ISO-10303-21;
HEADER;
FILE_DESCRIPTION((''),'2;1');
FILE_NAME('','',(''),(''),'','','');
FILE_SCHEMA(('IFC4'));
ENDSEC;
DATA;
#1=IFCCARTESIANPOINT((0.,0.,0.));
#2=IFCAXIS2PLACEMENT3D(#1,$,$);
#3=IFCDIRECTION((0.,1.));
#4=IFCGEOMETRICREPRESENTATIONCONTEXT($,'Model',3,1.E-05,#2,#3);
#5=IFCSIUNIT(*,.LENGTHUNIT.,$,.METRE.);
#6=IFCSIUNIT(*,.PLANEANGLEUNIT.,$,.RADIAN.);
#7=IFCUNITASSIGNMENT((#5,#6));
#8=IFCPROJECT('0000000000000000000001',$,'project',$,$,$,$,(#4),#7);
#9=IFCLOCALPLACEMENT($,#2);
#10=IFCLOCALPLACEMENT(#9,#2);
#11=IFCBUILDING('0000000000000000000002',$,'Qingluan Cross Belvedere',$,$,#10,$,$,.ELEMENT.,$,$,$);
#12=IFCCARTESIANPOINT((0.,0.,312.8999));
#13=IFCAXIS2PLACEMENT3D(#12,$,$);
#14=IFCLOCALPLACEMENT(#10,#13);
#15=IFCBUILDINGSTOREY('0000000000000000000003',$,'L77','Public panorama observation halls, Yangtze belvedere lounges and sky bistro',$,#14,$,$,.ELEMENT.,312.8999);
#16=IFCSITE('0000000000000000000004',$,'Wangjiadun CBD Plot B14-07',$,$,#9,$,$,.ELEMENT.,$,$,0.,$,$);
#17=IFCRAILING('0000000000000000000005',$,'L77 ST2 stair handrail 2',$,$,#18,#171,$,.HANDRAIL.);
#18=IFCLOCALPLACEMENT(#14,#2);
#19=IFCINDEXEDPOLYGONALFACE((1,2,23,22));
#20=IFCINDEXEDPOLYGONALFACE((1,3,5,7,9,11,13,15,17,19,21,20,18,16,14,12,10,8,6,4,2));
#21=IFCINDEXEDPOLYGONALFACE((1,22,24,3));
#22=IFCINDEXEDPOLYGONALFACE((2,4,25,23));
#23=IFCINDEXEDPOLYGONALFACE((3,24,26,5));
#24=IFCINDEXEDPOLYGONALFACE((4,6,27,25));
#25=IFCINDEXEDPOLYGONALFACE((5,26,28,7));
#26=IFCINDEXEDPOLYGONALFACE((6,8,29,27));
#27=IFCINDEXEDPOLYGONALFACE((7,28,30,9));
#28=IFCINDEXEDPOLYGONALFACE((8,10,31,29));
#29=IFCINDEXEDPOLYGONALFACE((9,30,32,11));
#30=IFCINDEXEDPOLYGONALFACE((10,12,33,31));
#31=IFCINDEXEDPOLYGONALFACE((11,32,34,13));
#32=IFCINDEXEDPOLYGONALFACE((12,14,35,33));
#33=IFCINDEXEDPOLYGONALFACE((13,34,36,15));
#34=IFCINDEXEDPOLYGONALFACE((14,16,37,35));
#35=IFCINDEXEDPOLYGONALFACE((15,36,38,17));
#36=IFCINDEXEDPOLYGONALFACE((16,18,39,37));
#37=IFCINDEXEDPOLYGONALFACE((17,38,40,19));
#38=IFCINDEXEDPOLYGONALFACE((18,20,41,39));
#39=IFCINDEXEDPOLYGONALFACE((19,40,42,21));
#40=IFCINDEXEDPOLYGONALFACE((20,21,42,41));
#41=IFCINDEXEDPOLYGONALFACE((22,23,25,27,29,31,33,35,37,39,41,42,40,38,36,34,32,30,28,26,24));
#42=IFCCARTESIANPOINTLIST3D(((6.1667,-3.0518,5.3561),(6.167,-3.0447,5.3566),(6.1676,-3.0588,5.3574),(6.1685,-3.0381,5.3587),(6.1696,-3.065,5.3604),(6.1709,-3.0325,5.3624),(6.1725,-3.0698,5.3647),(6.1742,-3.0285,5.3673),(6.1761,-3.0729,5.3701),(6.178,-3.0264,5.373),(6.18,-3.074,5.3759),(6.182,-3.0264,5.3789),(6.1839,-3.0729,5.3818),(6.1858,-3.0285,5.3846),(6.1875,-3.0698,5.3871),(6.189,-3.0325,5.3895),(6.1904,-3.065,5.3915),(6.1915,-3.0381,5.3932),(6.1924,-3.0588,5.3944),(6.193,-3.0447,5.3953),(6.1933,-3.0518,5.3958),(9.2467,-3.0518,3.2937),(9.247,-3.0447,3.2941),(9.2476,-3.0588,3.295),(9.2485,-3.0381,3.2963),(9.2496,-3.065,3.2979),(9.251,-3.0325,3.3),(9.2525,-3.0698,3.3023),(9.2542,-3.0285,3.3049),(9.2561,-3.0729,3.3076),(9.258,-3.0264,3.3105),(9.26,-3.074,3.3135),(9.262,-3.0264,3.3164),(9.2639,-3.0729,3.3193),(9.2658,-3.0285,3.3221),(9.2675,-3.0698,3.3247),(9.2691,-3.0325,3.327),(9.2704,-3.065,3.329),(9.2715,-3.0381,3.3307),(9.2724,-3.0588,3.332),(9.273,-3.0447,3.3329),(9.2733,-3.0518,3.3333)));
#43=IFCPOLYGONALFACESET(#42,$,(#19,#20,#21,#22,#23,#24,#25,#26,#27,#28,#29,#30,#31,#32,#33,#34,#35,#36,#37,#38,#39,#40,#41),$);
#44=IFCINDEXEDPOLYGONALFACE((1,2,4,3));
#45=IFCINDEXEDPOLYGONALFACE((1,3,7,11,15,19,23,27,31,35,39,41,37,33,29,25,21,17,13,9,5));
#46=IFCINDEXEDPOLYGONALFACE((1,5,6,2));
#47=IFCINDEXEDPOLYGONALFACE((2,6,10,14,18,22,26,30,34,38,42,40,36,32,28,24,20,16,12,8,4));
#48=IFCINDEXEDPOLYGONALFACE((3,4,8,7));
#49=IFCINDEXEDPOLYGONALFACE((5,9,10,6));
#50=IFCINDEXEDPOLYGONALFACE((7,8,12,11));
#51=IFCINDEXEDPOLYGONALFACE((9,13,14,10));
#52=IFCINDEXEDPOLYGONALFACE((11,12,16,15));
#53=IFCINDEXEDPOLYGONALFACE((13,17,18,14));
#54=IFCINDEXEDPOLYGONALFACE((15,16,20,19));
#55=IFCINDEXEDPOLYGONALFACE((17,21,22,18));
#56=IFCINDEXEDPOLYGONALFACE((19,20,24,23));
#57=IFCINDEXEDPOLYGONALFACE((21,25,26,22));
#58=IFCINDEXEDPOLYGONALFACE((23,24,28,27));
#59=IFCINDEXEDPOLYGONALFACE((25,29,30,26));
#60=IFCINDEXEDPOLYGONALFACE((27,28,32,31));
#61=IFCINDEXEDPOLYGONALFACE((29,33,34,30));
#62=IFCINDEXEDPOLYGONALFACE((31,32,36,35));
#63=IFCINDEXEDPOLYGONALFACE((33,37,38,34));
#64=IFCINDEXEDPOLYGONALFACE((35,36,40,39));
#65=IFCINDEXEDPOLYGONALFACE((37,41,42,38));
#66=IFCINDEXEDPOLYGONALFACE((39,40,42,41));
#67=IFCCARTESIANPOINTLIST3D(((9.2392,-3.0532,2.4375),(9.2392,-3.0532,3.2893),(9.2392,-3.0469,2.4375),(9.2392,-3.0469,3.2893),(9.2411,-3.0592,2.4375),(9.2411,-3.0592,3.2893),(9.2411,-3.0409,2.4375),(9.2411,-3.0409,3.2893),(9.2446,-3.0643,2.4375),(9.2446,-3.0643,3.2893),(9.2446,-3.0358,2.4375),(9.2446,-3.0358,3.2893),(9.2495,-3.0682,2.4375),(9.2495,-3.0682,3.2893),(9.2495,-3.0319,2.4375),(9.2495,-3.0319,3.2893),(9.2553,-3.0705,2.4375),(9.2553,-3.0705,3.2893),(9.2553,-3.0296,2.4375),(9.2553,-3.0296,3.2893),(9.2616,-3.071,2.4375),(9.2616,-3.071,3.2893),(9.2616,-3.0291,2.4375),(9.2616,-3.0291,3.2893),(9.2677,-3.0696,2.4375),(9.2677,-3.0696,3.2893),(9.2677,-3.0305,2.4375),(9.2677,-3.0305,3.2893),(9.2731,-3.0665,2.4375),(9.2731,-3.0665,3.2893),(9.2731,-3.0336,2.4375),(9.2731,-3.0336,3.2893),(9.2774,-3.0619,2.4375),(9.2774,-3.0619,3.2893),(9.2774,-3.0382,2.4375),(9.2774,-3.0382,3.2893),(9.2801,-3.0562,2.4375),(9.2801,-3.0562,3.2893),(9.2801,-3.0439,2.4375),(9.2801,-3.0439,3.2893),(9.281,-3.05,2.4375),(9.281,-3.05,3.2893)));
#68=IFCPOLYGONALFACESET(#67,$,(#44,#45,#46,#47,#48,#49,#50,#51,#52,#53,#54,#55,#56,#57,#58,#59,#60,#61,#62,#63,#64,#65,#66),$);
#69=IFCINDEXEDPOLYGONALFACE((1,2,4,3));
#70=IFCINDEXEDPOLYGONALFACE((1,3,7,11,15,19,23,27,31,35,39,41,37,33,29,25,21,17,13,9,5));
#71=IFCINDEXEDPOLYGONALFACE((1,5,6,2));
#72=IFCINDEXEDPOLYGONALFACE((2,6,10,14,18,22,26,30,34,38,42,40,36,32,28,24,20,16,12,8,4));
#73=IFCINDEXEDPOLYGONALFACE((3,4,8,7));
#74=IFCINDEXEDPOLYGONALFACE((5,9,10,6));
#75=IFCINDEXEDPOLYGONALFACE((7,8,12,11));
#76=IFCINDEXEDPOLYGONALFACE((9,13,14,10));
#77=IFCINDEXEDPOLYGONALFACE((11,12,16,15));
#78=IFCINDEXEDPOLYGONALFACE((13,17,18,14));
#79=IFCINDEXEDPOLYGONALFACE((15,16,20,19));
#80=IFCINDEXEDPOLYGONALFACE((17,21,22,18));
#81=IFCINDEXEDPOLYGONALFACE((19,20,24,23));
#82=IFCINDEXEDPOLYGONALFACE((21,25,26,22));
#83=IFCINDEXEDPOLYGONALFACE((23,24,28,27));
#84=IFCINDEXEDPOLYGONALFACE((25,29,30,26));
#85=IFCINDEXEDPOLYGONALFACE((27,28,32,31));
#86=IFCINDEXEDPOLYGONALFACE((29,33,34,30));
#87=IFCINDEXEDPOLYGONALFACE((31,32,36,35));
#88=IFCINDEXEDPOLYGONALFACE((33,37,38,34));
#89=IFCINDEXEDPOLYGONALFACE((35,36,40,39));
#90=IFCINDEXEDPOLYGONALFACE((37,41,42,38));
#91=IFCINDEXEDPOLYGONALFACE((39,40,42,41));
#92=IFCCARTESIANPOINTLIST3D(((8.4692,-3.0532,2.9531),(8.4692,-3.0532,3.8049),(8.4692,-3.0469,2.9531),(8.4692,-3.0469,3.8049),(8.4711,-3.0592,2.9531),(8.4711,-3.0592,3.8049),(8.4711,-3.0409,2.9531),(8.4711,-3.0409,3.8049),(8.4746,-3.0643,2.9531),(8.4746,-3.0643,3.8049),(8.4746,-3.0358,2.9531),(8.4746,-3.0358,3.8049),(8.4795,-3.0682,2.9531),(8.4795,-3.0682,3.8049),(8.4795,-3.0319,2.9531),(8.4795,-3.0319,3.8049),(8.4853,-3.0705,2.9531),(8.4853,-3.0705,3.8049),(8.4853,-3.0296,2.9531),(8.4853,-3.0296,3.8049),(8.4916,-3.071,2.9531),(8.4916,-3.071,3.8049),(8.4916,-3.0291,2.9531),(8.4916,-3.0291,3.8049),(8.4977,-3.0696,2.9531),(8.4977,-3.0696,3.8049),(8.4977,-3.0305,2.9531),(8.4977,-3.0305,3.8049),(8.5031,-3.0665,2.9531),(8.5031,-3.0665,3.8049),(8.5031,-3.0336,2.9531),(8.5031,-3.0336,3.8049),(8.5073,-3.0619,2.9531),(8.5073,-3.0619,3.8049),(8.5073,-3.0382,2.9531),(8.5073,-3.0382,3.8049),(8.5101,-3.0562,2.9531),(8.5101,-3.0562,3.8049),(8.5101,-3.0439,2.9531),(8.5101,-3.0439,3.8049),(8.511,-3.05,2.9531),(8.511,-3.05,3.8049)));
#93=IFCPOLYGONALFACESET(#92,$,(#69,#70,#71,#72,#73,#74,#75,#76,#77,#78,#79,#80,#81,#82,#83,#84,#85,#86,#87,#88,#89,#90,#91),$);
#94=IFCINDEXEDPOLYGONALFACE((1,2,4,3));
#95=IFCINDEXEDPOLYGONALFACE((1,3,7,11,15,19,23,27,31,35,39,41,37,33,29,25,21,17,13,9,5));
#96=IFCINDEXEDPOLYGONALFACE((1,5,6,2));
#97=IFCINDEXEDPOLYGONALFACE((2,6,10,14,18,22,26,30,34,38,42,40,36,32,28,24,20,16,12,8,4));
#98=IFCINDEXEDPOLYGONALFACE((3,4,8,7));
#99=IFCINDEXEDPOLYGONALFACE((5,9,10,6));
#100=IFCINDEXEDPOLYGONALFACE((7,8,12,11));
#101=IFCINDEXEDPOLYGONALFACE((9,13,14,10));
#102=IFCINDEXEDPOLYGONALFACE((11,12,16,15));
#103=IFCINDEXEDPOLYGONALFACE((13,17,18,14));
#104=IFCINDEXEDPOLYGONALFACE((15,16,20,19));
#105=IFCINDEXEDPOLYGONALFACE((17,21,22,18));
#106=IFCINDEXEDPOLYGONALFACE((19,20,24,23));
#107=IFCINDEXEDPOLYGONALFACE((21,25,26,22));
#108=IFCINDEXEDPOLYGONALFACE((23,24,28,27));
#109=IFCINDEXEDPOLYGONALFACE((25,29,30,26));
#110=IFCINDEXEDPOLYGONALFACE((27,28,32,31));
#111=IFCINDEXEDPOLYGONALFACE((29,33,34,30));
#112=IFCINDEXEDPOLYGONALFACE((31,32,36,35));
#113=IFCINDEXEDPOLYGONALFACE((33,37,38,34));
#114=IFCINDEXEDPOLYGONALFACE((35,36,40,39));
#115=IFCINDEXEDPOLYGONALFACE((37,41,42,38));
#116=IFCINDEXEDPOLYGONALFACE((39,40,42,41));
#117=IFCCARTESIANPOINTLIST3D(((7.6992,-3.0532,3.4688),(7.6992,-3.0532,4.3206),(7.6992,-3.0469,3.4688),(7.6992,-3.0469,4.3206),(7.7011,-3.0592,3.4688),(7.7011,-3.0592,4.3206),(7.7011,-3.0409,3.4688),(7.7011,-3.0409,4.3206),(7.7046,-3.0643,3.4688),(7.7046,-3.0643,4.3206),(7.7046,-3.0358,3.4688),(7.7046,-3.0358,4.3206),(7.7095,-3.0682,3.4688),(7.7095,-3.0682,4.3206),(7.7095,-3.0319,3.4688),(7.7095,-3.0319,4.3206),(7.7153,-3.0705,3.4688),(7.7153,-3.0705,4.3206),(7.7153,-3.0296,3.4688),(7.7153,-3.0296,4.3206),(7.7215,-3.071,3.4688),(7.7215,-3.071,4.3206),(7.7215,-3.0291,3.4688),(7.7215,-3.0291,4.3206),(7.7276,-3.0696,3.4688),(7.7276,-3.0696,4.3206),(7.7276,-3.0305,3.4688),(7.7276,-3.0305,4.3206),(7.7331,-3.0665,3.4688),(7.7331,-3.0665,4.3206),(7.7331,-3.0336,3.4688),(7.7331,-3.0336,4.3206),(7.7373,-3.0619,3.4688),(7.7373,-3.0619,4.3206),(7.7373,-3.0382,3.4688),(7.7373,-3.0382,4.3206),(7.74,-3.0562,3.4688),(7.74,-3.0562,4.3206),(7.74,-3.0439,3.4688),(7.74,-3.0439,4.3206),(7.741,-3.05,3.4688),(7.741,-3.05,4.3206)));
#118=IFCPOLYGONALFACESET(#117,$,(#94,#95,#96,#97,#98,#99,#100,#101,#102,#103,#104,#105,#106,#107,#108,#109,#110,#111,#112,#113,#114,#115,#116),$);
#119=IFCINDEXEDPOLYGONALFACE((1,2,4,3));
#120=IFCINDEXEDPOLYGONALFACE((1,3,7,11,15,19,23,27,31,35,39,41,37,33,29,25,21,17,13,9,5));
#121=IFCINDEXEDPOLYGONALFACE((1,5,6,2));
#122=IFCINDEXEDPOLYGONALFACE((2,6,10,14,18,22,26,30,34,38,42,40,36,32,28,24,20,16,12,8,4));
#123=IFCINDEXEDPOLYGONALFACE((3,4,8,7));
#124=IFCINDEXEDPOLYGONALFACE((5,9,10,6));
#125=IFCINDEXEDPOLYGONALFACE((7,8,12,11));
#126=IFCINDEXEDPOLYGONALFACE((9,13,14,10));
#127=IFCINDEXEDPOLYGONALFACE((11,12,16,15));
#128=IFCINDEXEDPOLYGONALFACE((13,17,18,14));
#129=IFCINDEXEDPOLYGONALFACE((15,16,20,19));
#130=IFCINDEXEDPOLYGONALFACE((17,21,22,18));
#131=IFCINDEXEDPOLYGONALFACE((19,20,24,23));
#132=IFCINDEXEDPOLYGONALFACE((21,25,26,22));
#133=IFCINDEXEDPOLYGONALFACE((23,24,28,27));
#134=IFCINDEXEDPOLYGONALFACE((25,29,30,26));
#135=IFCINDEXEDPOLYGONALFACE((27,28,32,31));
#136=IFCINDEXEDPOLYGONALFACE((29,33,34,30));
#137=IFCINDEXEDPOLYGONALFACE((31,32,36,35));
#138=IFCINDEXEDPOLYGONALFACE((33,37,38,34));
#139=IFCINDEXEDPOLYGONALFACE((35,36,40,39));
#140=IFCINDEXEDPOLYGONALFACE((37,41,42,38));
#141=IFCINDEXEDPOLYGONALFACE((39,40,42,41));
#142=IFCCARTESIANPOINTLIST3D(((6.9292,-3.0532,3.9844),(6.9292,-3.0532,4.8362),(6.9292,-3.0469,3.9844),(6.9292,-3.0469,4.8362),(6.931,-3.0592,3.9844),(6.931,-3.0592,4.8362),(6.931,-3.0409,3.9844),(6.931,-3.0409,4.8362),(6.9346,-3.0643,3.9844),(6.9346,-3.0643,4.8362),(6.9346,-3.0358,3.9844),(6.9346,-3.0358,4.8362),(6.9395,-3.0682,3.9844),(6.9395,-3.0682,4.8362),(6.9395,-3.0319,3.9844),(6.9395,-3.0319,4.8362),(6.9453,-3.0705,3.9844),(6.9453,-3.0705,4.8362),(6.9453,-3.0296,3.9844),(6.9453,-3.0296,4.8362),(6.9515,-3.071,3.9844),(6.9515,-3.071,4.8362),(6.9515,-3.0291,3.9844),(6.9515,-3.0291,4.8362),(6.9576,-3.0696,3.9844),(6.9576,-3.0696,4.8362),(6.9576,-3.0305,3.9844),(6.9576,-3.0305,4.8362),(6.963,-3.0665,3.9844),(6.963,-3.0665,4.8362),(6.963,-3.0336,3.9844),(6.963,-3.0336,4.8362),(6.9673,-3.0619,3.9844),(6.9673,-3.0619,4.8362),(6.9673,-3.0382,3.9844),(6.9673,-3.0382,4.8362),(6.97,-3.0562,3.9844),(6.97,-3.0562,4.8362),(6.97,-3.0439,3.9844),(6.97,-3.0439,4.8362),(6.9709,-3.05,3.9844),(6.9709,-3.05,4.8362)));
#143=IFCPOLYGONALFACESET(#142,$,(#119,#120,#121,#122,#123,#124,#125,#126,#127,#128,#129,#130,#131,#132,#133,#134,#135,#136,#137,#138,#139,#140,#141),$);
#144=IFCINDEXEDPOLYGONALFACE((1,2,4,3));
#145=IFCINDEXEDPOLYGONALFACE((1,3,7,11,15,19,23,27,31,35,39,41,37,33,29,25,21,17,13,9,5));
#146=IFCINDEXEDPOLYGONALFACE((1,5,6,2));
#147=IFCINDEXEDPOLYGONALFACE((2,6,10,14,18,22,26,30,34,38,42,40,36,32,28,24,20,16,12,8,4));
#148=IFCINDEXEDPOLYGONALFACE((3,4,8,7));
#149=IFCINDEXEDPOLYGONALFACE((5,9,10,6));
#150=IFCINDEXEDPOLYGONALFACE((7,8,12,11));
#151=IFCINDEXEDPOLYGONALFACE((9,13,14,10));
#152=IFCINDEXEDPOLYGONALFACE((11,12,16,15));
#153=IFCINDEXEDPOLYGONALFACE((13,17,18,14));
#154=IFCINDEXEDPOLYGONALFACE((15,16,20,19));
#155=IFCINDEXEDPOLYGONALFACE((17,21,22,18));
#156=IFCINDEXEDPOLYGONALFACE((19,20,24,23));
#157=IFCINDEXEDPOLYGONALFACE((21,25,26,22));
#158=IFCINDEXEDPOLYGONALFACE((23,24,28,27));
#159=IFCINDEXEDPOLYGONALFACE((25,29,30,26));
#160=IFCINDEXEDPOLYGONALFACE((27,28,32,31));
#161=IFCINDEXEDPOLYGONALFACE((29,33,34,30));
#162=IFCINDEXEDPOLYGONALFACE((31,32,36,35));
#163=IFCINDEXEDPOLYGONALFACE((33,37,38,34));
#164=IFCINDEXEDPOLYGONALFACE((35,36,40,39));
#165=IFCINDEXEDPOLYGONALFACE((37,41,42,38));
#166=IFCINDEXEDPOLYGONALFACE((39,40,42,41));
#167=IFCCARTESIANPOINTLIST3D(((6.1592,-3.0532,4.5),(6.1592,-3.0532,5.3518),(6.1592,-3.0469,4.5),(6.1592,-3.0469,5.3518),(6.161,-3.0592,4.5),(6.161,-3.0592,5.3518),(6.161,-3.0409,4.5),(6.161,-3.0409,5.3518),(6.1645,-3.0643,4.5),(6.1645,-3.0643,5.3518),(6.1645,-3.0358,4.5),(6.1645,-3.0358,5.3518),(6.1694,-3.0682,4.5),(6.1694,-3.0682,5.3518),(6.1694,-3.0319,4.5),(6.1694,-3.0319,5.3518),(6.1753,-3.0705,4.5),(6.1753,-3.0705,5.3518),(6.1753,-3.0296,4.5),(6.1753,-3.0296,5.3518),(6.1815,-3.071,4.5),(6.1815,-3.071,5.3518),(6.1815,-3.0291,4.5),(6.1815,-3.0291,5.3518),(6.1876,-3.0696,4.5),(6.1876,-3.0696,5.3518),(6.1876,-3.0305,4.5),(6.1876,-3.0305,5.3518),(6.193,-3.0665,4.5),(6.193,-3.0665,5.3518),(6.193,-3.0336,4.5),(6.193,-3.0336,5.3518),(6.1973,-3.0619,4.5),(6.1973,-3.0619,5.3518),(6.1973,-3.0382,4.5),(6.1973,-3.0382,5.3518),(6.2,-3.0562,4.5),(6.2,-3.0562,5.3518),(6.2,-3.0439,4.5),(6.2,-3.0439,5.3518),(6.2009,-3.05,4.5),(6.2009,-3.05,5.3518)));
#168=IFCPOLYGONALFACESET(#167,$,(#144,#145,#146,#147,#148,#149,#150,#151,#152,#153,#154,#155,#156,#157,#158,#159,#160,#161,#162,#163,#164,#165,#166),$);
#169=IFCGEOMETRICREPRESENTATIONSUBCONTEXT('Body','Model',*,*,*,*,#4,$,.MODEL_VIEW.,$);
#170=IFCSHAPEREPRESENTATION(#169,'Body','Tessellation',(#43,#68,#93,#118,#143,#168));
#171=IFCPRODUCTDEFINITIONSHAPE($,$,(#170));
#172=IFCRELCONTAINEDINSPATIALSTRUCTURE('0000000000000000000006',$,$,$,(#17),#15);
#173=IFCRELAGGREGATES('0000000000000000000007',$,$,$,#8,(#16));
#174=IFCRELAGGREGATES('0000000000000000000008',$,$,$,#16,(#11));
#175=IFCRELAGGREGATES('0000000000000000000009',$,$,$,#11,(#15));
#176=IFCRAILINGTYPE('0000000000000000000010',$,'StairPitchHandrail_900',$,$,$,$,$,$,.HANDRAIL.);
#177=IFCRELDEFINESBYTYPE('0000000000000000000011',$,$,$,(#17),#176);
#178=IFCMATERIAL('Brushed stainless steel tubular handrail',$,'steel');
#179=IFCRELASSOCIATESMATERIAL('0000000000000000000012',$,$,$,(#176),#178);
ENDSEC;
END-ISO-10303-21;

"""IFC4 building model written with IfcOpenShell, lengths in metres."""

from ifc_helpers import new_model, si_unit, direction, frame, origin, origin_2d, place, context, subcontext, project, spatial, circle, extrude, material, type_object, element, save


model = new_model("IFC4")

# Units and contexts
model_context = context("Model", 3, precision=1e-05, world=origin(), true_north=direction((0.0, 1.0)))
body_context = subcontext(model_context, "Body", "Model", "MODEL_VIEW")
ifc_project = project(units=[si_unit("LENGTHUNIT", "METRE"), si_unit("PLANEANGLEUNIT", "RADIAN")], contexts=[model_context])

# Site, building, storey
site_placement = place(None, origin())
site = spatial("IfcSite", under=ifc_project, at=site_placement, Name="Wangjiadun CBD Plot B14-07", CompositionType="ELEMENT", RefElevation=0.0)
building_placement = place(site_placement, origin())
building = spatial("IfcBuilding", under=site, at=building_placement, Name="Qingluan Cross Belvedere", CompositionType="ELEMENT")
storey_placement = place(building_placement, frame((0.0, 0.0, 312.8999)))
storey = spatial("IfcBuildingStorey", under=building, at=storey_placement, Name="L77", Description="Public panorama observation halls, Yangtze belvedere lounges and sky bistro", CompositionType="ELEMENT", Elevation=312.8999)

# Railing
ifc_material_1 = material(Name="Brushed stainless steel tubular handrail", Category="steel")
railing_type_1 = type_object("IfcRailingType", Name="StairPitchHandrail_900", PredefinedType="HANDRAIL", material=ifc_material_1)
railing_1_placement = place(storey_placement, frame((9.26, -3.05, 2.4375)))
element("IfcRailing", 1, at=railing_1_placement, inside=storey, type_object=railing_type_1, Name="L77 ST2 stair handrail 2", PredefinedType="HANDRAIL", context=body_context, shape_type="SweptSolid", body=[
    extrude(circle(Radius=0.0239, at=origin_2d()), frame((0.0, 0.0, 0.876), z_axis=(-0.830914, 0.0, 0.556401), x_axis=(0.0, -1.0, 0.0)), (0.0, 0.0, 1.0), 3.7068),
    extrude(circle(Radius=0.021, at=origin_2d()), origin(), (0.0, 0.0, 1.0), 0.8518),
    extrude(circle(Radius=0.021, at=origin_2d()), frame((-0.77, 0.0, 0.5156)), (0.0, 0.0, 1.0), 0.8518),
    extrude(circle(Radius=0.021, at=origin_2d()), frame((-1.54, 0.0, 1.0312)), (0.0, 0.0, 1.0), 0.8518),
    extrude(circle(Radius=0.021, at=origin_2d()), frame((-2.3101, 0.0, 1.5469)), (0.0, 0.0, 1.0), 0.8518),
    extrude(circle(Radius=0.021, at=origin_2d()), frame((-3.0801, 0.0, 2.0625)), (0.0, 0.0, 1.0), 0.8518),
])

save(model, "model.ifc")
